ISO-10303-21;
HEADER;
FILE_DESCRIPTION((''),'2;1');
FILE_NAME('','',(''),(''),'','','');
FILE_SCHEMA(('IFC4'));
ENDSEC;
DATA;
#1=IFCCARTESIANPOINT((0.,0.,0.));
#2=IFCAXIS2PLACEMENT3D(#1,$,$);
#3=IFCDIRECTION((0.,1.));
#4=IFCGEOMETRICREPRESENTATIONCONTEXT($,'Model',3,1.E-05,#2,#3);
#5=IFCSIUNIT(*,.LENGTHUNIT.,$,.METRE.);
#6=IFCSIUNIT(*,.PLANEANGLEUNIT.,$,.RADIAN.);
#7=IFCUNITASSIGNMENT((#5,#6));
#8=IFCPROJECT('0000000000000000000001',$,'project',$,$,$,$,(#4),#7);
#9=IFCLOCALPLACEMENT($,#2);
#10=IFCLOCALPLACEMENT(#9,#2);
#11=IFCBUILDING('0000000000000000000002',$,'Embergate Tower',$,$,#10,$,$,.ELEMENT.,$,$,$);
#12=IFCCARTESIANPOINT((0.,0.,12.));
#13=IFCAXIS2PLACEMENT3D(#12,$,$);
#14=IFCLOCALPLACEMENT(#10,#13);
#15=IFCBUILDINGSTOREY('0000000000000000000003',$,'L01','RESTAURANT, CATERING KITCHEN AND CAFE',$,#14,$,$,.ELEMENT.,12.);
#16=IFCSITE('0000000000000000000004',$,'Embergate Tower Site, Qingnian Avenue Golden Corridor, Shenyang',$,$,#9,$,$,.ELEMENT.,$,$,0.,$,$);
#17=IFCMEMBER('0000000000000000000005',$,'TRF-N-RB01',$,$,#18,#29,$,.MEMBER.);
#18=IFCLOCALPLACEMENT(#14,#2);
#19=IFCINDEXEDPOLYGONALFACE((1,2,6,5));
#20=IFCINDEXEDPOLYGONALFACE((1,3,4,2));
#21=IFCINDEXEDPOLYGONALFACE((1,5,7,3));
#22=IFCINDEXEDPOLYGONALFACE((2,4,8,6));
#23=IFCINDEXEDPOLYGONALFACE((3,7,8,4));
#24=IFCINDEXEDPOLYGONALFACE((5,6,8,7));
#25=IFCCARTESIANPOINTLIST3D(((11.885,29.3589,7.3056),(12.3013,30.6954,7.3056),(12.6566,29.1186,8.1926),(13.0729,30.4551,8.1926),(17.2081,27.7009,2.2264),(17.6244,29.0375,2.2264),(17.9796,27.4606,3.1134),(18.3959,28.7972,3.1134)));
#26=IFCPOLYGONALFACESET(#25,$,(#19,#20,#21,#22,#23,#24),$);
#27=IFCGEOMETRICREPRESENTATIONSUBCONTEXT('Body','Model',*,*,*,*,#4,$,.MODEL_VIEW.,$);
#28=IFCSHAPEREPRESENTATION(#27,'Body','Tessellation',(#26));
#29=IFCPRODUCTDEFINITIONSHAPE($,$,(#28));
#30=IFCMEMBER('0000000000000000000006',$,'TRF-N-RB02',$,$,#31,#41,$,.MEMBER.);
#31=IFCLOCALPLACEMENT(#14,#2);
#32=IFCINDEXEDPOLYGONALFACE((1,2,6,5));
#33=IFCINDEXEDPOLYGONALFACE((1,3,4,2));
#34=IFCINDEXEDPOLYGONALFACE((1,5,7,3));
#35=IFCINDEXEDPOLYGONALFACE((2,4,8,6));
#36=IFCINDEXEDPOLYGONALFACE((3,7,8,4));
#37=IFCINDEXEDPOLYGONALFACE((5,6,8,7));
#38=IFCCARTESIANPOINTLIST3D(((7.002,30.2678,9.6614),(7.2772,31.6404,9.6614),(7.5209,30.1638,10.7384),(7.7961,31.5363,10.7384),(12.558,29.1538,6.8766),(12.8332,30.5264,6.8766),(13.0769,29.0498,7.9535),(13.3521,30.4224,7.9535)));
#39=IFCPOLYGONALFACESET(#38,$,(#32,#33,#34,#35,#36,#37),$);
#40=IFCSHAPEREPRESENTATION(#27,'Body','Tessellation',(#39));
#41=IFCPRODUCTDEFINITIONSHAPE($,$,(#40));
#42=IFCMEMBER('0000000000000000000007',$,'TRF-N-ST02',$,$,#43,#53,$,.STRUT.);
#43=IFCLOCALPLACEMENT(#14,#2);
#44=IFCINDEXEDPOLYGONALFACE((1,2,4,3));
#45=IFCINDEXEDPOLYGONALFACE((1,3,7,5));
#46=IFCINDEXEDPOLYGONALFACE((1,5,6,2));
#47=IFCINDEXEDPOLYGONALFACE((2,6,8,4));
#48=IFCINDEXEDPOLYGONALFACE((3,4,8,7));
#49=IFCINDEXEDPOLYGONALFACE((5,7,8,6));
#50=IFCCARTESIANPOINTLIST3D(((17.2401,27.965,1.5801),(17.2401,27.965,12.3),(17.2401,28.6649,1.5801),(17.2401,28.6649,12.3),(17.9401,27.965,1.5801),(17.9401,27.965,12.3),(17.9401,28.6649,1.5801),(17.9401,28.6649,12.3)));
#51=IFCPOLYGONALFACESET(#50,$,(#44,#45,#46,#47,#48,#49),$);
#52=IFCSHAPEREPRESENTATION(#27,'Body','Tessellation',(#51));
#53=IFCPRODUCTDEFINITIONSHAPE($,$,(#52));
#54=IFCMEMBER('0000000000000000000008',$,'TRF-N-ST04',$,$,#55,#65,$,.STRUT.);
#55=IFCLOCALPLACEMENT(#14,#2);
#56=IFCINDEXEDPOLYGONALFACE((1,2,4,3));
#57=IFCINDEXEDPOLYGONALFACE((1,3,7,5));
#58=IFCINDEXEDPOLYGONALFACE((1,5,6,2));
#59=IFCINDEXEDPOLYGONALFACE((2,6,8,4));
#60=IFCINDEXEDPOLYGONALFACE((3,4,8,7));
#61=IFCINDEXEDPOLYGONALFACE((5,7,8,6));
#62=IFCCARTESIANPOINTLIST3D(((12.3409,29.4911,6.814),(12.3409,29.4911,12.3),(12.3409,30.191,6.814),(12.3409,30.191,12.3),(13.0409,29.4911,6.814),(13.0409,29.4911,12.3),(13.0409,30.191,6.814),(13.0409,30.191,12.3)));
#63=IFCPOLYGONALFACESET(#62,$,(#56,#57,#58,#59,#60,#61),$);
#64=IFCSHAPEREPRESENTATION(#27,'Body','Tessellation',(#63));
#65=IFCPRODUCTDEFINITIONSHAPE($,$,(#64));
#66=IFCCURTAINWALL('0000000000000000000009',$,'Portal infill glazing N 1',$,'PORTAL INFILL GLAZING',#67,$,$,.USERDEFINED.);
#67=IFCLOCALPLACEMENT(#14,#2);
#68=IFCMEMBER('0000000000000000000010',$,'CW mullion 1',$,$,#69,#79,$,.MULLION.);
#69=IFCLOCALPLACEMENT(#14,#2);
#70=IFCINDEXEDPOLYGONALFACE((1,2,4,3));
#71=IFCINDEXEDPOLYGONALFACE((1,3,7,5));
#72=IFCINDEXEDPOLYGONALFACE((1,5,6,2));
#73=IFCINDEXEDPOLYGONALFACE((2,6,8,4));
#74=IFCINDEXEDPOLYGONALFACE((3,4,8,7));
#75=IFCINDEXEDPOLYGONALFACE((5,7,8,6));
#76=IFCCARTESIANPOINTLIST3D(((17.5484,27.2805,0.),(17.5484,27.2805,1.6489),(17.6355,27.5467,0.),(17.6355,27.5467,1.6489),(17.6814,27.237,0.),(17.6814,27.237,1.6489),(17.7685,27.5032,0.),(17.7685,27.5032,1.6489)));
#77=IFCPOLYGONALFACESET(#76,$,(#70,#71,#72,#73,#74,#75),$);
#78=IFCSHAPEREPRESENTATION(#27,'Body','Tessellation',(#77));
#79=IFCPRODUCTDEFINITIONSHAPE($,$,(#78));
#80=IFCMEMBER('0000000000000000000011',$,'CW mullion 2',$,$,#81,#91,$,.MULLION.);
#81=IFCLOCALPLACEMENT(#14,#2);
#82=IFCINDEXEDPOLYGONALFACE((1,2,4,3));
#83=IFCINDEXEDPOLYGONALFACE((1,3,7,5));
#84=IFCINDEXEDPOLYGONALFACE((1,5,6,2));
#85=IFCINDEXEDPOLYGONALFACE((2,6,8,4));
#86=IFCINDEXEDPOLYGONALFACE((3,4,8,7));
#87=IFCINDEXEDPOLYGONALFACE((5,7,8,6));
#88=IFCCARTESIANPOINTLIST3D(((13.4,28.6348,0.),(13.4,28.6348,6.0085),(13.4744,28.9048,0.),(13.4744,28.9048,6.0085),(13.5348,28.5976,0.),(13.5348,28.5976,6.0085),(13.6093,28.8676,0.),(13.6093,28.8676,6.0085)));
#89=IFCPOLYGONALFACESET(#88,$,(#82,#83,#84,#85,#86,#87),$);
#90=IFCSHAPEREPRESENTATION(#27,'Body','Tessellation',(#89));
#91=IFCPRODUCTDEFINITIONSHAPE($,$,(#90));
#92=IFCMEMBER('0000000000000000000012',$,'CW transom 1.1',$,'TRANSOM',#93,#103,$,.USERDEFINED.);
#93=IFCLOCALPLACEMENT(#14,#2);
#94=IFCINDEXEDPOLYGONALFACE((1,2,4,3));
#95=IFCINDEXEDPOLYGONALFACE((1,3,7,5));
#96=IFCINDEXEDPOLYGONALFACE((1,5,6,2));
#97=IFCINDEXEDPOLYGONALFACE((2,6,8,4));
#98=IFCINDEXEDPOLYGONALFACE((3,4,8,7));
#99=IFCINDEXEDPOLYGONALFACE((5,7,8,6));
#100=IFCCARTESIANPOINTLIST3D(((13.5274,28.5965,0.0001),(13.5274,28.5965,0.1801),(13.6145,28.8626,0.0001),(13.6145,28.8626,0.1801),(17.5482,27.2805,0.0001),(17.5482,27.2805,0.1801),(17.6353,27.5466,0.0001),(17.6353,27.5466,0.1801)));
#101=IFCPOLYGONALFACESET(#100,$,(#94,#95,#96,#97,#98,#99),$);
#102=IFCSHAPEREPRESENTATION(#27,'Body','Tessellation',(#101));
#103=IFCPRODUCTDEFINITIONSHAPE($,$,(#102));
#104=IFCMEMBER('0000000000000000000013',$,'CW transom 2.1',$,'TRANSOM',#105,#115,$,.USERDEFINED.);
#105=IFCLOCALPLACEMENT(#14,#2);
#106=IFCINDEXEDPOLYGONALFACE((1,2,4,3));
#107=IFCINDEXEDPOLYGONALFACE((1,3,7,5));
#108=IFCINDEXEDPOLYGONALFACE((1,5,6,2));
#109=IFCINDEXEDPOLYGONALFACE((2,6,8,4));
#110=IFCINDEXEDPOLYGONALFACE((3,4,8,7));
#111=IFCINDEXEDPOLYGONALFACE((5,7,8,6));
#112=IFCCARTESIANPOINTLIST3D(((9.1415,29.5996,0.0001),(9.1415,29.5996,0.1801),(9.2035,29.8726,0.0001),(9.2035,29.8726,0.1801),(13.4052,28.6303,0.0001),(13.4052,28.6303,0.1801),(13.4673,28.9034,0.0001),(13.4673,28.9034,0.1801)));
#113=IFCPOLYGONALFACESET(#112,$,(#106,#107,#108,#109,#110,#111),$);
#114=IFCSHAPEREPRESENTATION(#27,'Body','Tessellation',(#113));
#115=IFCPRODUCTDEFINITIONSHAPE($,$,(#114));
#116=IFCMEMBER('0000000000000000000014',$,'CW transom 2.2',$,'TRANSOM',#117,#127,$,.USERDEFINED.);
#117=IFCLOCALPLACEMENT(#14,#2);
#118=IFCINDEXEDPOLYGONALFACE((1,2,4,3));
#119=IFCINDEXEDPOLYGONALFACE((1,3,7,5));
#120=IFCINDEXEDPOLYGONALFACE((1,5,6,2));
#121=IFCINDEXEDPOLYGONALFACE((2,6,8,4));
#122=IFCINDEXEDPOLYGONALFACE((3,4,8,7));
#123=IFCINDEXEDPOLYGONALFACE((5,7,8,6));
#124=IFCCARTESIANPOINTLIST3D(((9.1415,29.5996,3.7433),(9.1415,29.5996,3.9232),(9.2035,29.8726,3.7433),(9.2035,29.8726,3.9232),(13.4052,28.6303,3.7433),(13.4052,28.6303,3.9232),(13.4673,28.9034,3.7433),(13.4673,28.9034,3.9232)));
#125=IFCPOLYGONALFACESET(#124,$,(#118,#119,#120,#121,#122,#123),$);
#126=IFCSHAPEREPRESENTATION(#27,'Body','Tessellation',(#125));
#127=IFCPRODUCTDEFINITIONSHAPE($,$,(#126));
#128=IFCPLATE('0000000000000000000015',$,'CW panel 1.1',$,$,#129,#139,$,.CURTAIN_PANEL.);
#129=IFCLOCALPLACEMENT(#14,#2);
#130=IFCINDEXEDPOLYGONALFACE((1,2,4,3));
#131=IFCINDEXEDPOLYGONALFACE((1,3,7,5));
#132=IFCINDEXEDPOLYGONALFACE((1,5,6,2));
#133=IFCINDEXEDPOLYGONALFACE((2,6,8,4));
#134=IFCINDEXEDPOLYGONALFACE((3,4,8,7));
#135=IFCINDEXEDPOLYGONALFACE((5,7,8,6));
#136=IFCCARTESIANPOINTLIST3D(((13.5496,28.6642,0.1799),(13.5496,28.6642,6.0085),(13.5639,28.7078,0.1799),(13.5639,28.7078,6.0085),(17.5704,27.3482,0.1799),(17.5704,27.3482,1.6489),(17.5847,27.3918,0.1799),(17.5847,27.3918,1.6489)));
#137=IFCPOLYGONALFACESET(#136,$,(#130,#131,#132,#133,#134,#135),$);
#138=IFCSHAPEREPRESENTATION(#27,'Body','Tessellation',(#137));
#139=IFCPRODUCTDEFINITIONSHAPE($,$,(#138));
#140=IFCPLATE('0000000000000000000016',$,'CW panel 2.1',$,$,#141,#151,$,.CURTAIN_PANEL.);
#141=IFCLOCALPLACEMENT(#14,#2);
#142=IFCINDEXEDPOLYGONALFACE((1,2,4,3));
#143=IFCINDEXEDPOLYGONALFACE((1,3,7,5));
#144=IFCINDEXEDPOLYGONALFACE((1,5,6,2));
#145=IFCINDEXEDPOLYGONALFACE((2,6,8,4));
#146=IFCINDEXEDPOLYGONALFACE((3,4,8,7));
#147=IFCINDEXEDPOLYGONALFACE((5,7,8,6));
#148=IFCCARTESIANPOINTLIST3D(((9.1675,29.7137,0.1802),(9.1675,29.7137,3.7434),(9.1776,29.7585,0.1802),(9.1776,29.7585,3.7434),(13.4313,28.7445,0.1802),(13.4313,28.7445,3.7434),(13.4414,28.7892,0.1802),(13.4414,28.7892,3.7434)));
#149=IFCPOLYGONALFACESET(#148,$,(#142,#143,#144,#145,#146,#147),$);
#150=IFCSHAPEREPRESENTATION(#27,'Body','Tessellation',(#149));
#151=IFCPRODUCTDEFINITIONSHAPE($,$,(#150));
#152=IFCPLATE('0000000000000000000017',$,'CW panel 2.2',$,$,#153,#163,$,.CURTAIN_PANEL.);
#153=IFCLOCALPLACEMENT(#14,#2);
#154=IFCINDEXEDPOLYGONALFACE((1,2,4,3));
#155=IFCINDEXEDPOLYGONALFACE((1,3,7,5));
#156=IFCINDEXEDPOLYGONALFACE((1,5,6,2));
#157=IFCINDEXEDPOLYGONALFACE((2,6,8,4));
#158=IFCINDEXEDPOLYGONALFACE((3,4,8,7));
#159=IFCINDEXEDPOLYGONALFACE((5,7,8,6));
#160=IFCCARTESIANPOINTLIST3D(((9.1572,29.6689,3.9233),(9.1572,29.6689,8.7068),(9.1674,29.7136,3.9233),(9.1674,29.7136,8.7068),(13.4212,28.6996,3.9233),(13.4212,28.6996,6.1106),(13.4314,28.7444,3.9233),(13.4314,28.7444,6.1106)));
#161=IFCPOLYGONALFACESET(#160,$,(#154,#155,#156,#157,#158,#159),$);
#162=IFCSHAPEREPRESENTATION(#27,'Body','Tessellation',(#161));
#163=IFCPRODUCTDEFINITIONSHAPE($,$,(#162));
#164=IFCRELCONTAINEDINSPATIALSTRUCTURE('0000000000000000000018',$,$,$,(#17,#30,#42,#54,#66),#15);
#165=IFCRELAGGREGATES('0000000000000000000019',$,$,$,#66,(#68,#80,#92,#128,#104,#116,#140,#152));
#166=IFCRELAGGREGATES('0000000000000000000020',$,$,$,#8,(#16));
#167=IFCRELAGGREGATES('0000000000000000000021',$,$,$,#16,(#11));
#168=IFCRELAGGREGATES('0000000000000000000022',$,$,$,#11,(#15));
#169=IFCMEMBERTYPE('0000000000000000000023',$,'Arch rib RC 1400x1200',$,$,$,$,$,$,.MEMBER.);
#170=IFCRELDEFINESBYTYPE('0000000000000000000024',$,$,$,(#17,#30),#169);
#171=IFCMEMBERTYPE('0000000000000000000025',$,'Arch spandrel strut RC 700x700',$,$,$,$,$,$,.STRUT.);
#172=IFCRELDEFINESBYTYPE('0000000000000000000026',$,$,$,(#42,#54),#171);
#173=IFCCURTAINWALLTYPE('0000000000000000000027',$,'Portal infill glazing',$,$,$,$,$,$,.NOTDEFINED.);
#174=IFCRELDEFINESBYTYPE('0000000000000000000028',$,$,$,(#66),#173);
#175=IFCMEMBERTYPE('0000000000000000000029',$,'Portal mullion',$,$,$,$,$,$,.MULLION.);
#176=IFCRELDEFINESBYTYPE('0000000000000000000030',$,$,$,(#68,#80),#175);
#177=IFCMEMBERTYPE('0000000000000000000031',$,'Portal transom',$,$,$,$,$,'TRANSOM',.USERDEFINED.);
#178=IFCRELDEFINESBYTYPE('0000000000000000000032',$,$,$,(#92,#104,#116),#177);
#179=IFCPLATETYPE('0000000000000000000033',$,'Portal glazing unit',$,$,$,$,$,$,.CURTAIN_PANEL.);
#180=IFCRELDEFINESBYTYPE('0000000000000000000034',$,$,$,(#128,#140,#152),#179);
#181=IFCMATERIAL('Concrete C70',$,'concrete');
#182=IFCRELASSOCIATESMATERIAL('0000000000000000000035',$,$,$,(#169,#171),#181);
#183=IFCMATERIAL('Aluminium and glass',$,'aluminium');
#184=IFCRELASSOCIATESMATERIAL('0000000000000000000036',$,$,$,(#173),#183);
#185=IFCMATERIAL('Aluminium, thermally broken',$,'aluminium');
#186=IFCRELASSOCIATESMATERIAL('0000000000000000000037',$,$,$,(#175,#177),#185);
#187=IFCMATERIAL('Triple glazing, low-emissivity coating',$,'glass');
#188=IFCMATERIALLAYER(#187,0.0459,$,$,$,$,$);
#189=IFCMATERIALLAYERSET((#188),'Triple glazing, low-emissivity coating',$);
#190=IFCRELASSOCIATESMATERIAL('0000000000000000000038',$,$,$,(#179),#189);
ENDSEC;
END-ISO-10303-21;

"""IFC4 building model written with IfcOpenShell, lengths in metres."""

from ifc_helpers import new_model, si_unit, direction, frame, origin, origin_2d, place, context, subcontext, project, spatial, polyline, rectangle, outline, extrude, source, transform, mapped, material, layer, layer_set, material_profile, profile_set, type_object, element, aggregate, save


model = new_model("IFC4")

# Units and contexts
model_context = context("Model", 3, precision=1e-05, world=origin(), true_north=direction((0.0, 1.0)))
body_context = subcontext(model_context, "Body", "Model", "MODEL_VIEW")
ifc_project = project(units=[si_unit("LENGTHUNIT", "METRE"), si_unit("PLANEANGLEUNIT", "RADIAN")], contexts=[model_context])

# Site, building, storey
site_placement = place(None, origin())
site = spatial("IfcSite", under=ifc_project, at=site_placement, Name="Embergate Tower Site, Qingnian Avenue Golden Corridor, Shenyang", CompositionType="ELEMENT", RefElevation=0.0)
building_placement = place(site_placement, origin())
building = spatial("IfcBuilding", under=site, at=building_placement, Name="Embergate Tower", CompositionType="ELEMENT")
storey_placement = place(building_placement, frame((0.0, 0.0, 12.0)))
storey = spatial("IfcBuildingStorey", under=building, at=storey_placement, Name="L01", Description="RESTAURANT, CATERING KITCHEN AND CAFE", CompositionType="ELEMENT", Elevation=12.0)

# Members
ifc_material_1 = material(Name="Concrete C70", Category="concrete")
ifc_material_profile_1 = material_profile(ifc_material_1, rectangle(XDim=1.3999, YDim=1.2, at=origin_2d()), Name="RC 1400x1200")
ifc_profile_set_1 = profile_set([ifc_material_profile_1], Name="Concrete C70")
member_type_1 = type_object("IfcMemberType", Name="Arch rib RC 1400x1200", PredefinedType="MEMBER", material=ifc_profile_set_1)
shared_shape_1 = source(origin(), body_context, "Body", "SweptSolid", [
    extrude(rectangle(XDim=1.3999, YDim=1.2, at=origin_2d()), origin(), (0.0, 0.0, 1.0), 7.542),
])
member_1_placement = place(storey_placement, frame((17.802, 28.249, 2.6699), z_axis=(-0.705789, 0.219833, 0.67345), x_axis=(-0.29738, -0.954759, 0.0)))
element("IfcMember", 1, at=member_1_placement, inside=storey, type_object=member_type_1, Name="TRF-N-RB01", PredefinedType="MEMBER", context=body_context, shape_type="MappedRepresentation", body=[
    mapped(shared_shape_1, transform((0.0, 0.0, 0.0))),
])
shared_shape_2 = source(origin(), body_context, "Body", "SweptSolid", [
    extrude(rectangle(XDim=1.3999, YDim=1.2, at=origin_2d()), origin(), (0.0, 0.0, 1.0), 6.314),
])
member_2_placement = place(storey_placement, frame((12.9551, 29.7881, 7.415), z_axis=(-0.879962, 0.176433, 0.441064), x_axis=(-0.196588, -0.980486, 0.0)))
element("IfcMember", 2, at=member_2_placement, inside=storey, type_object=member_type_1, Name="TRF-N-RB02", PredefinedType="MEMBER", context=body_context, shape_type="MappedRepresentation", body=[
    mapped(shared_shape_2, transform((0.0, 0.0, 0.0))),
])
ifc_material_profile_2 = material_profile(ifc_material_1, rectangle(XDim=0.7, YDim=0.7, at=origin_2d()), Name="RC 700x700")
ifc_profile_set_2 = profile_set([ifc_material_profile_2], Name="Concrete C70")
member_type_2 = type_object("IfcMemberType", Name="Arch spandrel strut RC 700x700", PredefinedType="STRUT", material=ifc_profile_set_2)
shared_shape_3 = source(origin(), body_context, "Body", "SweptSolid", [
    extrude(rectangle(XDim=0.7, YDim=0.7, at=origin_2d()), origin(), (0.0, 0.0, 1.0), 10.72),
])
member_3_placement = place(storey_placement, frame((17.5901, 28.3149, 1.5801), z_axis=(0.0, 0.0, 1.0), x_axis=(1.0, 0.0, 0.0)))
element("IfcMember", 3, at=member_3_placement, inside=storey, type_object=member_type_2, Name="TRF-N-ST02", PredefinedType="STRUT", context=body_context, shape_type="MappedRepresentation", body=[
    mapped(shared_shape_3, transform((0.0, 0.0, 0.0))),
])
shared_shape_4 = source(origin(), body_context, "Body", "SweptSolid", [
    extrude(rectangle(XDim=0.7, YDim=0.7, at=origin_2d()), origin(), (0.0, 0.0, 1.0), 5.4861),
])
member_4_placement = place(storey_placement, frame((12.6909, 29.8411, 6.814), z_axis=(0.0, 0.0, 1.0), x_axis=(1.0, 0.0, 0.0)))
element("IfcMember", 4, at=member_4_placement, inside=storey, type_object=member_type_2, Name="TRF-N-ST04", PredefinedType="STRUT", context=body_context, shape_type="MappedRepresentation", body=[
    mapped(shared_shape_4, transform((0.0, 0.0, 0.0))),
])

# Curtain wall, members, plates
ifc_material_2 = material(Name="Aluminium and glass", Category="aluminium")
curtain_wall_type = type_object("IfcCurtainWallType", Name="Portal infill glazing", PredefinedType="NOTDEFINED", material=ifc_material_2)
curtain_wall_placement = place(storey_placement, origin())
curtain_wall = element("IfcCurtainWall", 5, at=curtain_wall_placement, inside=storey, type_object=curtain_wall_type, Name="Portal infill glazing N 1", ObjectType="PORTAL INFILL GLAZING", PredefinedType="USERDEFINED")
ifc_material_3 = material(Name="Aluminium, thermally broken", Category="aluminium")
ifc_material_profile_3 = material_profile(ifc_material_3, rectangle(XDim=0.28, YDim=0.1399, at=origin_2d()), Name="AL 140x280")
ifc_profile_set_3 = profile_set([ifc_material_profile_3], Name="Aluminium, thermally broken")
member_type_3 = type_object("IfcMemberType", Name="Portal mullion", PredefinedType="MULLION", material=ifc_profile_set_3)
shared_shape_5 = source(origin(), body_context, "Body", "SweptSolid", [
    extrude(rectangle(XDim=0.28, YDim=0.1399, at=origin_2d()), origin(), (0.0, 0.0, 1.0), 1.6489),
])
member_5_placement = place(storey_placement, frame((17.6584, 27.3918, 0.0), z_axis=(0.0, 0.0, 1.0), x_axis=(-0.311045, -0.950395, 0.0)))
member_5 = element("IfcMember", 6, at=member_5_placement, type_object=member_type_3, Name="CW mullion 1", PredefinedType="MULLION", context=body_context, shape_type="MappedRepresentation", body=[
    mapped(shared_shape_5, transform((0.0, 0.0, 0.0))),
])
shared_shape_6 = source(origin(), body_context, "Body", "SweptSolid", [
    extrude(rectangle(XDim=0.28, YDim=0.1399, at=origin_2d()), origin(), (0.0, 0.0, 1.0), 6.0085),
])
member_6_placement = place(storey_placement, frame((13.5046, 28.7512, 0.0), z_axis=(0.0, 0.0, 1.0), x_axis=(-0.265925, -0.963994, 0.0)))
member_6 = element("IfcMember", 7, at=member_6_placement, type_object=member_type_3, Name="CW mullion 2", PredefinedType="MULLION", context=body_context, shape_type="MappedRepresentation", body=[
    mapped(shared_shape_6, transform((0.0, 0.0, 0.0))),
])
ifc_material_profile_4 = material_profile(ifc_material_3, rectangle(XDim=0.28, YDim=0.1799, at=origin_2d()), Name="AL 180x280")
ifc_profile_set_4 = profile_set([ifc_material_profile_4], Name="Aluminium, thermally broken")
member_type_4 = type_object("IfcMemberType", Name="Portal transom", ElementType="TRANSOM", PredefinedType="USERDEFINED", material=ifc_profile_set_4)
shared_shape_7 = source(origin(), body_context, "Body", "SweptSolid", [
    extrude(rectangle(XDim=0.28, YDim=0.1799, at=origin_2d()), origin(), (0.0, 0.0, 1.0), 4.2307),
])
member_7_placement = place(storey_placement, frame((17.5918, 27.4136, 0.0901), z_axis=(-0.950395, 0.311047, 0.0), x_axis=(-0.311047, -0.950395, 0.0)))
member_7 = element("IfcMember", 8, at=member_7_placement, type_object=member_type_4, Name="CW transom 1.1", ObjectType="TRANSOM", PredefinedType="USERDEFINED", context=body_context, shape_type="MappedRepresentation", body=[
    mapped(shared_shape_7, transform((0.0, 0.0, 0.0))),
])
shared_shape_8 = source(origin(), body_context, "Body", "SweptSolid", [
    extrude(rectangle(XDim=0.28, YDim=0.1799, at=origin_2d()), origin(), (0.0, 0.0, 1.0), 4.3726),
])
member_8_placement = place(storey_placement, frame((13.4363, 28.7668, 0.0901), z_axis=(-0.975122, 0.221669, 0.0), x_axis=(-0.221669, -0.975122, 0.0)))
member_8 = element("IfcMember", 9, at=member_8_placement, type_object=member_type_4, Name="CW transom 2.1", ObjectType="TRANSOM", PredefinedType="USERDEFINED", context=body_context, shape_type="MappedRepresentation", body=[
    mapped(shared_shape_8, transform((0.0, 0.0, 0.0))),
])
member_9_placement = place(storey_placement, frame((13.4363, 28.7668, 3.8333), z_axis=(-0.975122, 0.221669, 0.0), x_axis=(-0.221669, -0.975122, 0.0)))
member_9 = element("IfcMember", 10, at=member_9_placement, type_object=member_type_4, Name="CW transom 2.2", ObjectType="TRANSOM", PredefinedType="USERDEFINED", context=body_context, shape_type="MappedRepresentation", body=[
    mapped(shared_shape_8, transform((0.0, 0.0, 0.0))),
])
ifc_material_4 = material(Name="Triple glazing, low-emissivity coating", Category="glass")
ifc_layer_1 = layer(ifc_material_4, 0.0459)
ifc_layer_set_1 = layer_set([ifc_layer_1], Name="Triple glazing, low-emissivity coating")
plate_type = type_object("IfcPlateType", Name="Portal glazing unit", PredefinedType="CURTAIN_PANEL", material=ifc_layer_set_1)
shared_shape_9 = source(origin(), body_context, "Body", "SweptSolid", [
    extrude(outline(polyline([(0.0, 0.0), (4.2307, 0.0), (4.2307, 5.8286), (0.0, 1.469), (0.0, 0.0)])), origin(), (0.0, 0.0, -1.0), 0.0459),
])
plate_1_placement = place(storey_placement, frame((17.5847, 27.3918, 0.1799), z_axis=(0.311047, 0.950395, 0.0), x_axis=(-0.950395, 0.311047, 0.0)))
plate_1 = element("IfcPlate", 11, at=plate_1_placement, type_object=plate_type, Name="CW panel 1.1", PredefinedType="CURTAIN_PANEL", context=body_context, shape_type="MappedRepresentation", body=[
    mapped(shared_shape_9, transform((0.0, 0.0, 0.0))),
])
shared_shape_10 = source(origin(), body_context, "Body", "SweptSolid", [
    extrude(rectangle(XDim=4.3726, YDim=0.0459, at=origin_2d()), origin(), (0.0, 0.0, 1.0), 3.5632),
])
plate_2_placement = place(storey_placement, frame((11.3044, 29.2515, 0.1802), z_axis=(0.0, 0.0, 1.0), x_axis=(-0.975124, 0.221659, 0.0)))
plate_2 = element("IfcPlate", 12, at=plate_2_placement, type_object=plate_type, Name="CW panel 2.1", PredefinedType="CURTAIN_PANEL", context=body_context, shape_type="MappedRepresentation", body=[
    mapped(shared_shape_10, transform((0.0, 0.0, 0.0))),
])
shared_shape_11 = source(origin(), body_context, "Body", "SweptSolid", [
    extrude(outline(polyline([(0.0, 0.0), (4.3728, 0.0), (4.3728, 4.7834), (0.0, 2.1873), (0.0, 0.0)])), origin(), (0.0, 0.0, -1.0), 0.0459),
])
plate_3_placement = place(storey_placement, frame((13.4314, 28.7444, 3.9233), z_axis=(0.221657, 0.975125, 0.0), x_axis=(-0.975125, 0.221657, 0.0)))
plate_3 = element("IfcPlate", 13, at=plate_3_placement, type_object=plate_type, Name="CW panel 2.2", PredefinedType="CURTAIN_PANEL", context=body_context, shape_type="MappedRepresentation", body=[
    mapped(shared_shape_11, transform((0.0, 0.0, 0.0))),
])
aggregate(curtain_wall, [member_5, member_6, member_7, plate_1, member_8, member_9, plate_2, plate_3])

save(model, "model.ifc")
